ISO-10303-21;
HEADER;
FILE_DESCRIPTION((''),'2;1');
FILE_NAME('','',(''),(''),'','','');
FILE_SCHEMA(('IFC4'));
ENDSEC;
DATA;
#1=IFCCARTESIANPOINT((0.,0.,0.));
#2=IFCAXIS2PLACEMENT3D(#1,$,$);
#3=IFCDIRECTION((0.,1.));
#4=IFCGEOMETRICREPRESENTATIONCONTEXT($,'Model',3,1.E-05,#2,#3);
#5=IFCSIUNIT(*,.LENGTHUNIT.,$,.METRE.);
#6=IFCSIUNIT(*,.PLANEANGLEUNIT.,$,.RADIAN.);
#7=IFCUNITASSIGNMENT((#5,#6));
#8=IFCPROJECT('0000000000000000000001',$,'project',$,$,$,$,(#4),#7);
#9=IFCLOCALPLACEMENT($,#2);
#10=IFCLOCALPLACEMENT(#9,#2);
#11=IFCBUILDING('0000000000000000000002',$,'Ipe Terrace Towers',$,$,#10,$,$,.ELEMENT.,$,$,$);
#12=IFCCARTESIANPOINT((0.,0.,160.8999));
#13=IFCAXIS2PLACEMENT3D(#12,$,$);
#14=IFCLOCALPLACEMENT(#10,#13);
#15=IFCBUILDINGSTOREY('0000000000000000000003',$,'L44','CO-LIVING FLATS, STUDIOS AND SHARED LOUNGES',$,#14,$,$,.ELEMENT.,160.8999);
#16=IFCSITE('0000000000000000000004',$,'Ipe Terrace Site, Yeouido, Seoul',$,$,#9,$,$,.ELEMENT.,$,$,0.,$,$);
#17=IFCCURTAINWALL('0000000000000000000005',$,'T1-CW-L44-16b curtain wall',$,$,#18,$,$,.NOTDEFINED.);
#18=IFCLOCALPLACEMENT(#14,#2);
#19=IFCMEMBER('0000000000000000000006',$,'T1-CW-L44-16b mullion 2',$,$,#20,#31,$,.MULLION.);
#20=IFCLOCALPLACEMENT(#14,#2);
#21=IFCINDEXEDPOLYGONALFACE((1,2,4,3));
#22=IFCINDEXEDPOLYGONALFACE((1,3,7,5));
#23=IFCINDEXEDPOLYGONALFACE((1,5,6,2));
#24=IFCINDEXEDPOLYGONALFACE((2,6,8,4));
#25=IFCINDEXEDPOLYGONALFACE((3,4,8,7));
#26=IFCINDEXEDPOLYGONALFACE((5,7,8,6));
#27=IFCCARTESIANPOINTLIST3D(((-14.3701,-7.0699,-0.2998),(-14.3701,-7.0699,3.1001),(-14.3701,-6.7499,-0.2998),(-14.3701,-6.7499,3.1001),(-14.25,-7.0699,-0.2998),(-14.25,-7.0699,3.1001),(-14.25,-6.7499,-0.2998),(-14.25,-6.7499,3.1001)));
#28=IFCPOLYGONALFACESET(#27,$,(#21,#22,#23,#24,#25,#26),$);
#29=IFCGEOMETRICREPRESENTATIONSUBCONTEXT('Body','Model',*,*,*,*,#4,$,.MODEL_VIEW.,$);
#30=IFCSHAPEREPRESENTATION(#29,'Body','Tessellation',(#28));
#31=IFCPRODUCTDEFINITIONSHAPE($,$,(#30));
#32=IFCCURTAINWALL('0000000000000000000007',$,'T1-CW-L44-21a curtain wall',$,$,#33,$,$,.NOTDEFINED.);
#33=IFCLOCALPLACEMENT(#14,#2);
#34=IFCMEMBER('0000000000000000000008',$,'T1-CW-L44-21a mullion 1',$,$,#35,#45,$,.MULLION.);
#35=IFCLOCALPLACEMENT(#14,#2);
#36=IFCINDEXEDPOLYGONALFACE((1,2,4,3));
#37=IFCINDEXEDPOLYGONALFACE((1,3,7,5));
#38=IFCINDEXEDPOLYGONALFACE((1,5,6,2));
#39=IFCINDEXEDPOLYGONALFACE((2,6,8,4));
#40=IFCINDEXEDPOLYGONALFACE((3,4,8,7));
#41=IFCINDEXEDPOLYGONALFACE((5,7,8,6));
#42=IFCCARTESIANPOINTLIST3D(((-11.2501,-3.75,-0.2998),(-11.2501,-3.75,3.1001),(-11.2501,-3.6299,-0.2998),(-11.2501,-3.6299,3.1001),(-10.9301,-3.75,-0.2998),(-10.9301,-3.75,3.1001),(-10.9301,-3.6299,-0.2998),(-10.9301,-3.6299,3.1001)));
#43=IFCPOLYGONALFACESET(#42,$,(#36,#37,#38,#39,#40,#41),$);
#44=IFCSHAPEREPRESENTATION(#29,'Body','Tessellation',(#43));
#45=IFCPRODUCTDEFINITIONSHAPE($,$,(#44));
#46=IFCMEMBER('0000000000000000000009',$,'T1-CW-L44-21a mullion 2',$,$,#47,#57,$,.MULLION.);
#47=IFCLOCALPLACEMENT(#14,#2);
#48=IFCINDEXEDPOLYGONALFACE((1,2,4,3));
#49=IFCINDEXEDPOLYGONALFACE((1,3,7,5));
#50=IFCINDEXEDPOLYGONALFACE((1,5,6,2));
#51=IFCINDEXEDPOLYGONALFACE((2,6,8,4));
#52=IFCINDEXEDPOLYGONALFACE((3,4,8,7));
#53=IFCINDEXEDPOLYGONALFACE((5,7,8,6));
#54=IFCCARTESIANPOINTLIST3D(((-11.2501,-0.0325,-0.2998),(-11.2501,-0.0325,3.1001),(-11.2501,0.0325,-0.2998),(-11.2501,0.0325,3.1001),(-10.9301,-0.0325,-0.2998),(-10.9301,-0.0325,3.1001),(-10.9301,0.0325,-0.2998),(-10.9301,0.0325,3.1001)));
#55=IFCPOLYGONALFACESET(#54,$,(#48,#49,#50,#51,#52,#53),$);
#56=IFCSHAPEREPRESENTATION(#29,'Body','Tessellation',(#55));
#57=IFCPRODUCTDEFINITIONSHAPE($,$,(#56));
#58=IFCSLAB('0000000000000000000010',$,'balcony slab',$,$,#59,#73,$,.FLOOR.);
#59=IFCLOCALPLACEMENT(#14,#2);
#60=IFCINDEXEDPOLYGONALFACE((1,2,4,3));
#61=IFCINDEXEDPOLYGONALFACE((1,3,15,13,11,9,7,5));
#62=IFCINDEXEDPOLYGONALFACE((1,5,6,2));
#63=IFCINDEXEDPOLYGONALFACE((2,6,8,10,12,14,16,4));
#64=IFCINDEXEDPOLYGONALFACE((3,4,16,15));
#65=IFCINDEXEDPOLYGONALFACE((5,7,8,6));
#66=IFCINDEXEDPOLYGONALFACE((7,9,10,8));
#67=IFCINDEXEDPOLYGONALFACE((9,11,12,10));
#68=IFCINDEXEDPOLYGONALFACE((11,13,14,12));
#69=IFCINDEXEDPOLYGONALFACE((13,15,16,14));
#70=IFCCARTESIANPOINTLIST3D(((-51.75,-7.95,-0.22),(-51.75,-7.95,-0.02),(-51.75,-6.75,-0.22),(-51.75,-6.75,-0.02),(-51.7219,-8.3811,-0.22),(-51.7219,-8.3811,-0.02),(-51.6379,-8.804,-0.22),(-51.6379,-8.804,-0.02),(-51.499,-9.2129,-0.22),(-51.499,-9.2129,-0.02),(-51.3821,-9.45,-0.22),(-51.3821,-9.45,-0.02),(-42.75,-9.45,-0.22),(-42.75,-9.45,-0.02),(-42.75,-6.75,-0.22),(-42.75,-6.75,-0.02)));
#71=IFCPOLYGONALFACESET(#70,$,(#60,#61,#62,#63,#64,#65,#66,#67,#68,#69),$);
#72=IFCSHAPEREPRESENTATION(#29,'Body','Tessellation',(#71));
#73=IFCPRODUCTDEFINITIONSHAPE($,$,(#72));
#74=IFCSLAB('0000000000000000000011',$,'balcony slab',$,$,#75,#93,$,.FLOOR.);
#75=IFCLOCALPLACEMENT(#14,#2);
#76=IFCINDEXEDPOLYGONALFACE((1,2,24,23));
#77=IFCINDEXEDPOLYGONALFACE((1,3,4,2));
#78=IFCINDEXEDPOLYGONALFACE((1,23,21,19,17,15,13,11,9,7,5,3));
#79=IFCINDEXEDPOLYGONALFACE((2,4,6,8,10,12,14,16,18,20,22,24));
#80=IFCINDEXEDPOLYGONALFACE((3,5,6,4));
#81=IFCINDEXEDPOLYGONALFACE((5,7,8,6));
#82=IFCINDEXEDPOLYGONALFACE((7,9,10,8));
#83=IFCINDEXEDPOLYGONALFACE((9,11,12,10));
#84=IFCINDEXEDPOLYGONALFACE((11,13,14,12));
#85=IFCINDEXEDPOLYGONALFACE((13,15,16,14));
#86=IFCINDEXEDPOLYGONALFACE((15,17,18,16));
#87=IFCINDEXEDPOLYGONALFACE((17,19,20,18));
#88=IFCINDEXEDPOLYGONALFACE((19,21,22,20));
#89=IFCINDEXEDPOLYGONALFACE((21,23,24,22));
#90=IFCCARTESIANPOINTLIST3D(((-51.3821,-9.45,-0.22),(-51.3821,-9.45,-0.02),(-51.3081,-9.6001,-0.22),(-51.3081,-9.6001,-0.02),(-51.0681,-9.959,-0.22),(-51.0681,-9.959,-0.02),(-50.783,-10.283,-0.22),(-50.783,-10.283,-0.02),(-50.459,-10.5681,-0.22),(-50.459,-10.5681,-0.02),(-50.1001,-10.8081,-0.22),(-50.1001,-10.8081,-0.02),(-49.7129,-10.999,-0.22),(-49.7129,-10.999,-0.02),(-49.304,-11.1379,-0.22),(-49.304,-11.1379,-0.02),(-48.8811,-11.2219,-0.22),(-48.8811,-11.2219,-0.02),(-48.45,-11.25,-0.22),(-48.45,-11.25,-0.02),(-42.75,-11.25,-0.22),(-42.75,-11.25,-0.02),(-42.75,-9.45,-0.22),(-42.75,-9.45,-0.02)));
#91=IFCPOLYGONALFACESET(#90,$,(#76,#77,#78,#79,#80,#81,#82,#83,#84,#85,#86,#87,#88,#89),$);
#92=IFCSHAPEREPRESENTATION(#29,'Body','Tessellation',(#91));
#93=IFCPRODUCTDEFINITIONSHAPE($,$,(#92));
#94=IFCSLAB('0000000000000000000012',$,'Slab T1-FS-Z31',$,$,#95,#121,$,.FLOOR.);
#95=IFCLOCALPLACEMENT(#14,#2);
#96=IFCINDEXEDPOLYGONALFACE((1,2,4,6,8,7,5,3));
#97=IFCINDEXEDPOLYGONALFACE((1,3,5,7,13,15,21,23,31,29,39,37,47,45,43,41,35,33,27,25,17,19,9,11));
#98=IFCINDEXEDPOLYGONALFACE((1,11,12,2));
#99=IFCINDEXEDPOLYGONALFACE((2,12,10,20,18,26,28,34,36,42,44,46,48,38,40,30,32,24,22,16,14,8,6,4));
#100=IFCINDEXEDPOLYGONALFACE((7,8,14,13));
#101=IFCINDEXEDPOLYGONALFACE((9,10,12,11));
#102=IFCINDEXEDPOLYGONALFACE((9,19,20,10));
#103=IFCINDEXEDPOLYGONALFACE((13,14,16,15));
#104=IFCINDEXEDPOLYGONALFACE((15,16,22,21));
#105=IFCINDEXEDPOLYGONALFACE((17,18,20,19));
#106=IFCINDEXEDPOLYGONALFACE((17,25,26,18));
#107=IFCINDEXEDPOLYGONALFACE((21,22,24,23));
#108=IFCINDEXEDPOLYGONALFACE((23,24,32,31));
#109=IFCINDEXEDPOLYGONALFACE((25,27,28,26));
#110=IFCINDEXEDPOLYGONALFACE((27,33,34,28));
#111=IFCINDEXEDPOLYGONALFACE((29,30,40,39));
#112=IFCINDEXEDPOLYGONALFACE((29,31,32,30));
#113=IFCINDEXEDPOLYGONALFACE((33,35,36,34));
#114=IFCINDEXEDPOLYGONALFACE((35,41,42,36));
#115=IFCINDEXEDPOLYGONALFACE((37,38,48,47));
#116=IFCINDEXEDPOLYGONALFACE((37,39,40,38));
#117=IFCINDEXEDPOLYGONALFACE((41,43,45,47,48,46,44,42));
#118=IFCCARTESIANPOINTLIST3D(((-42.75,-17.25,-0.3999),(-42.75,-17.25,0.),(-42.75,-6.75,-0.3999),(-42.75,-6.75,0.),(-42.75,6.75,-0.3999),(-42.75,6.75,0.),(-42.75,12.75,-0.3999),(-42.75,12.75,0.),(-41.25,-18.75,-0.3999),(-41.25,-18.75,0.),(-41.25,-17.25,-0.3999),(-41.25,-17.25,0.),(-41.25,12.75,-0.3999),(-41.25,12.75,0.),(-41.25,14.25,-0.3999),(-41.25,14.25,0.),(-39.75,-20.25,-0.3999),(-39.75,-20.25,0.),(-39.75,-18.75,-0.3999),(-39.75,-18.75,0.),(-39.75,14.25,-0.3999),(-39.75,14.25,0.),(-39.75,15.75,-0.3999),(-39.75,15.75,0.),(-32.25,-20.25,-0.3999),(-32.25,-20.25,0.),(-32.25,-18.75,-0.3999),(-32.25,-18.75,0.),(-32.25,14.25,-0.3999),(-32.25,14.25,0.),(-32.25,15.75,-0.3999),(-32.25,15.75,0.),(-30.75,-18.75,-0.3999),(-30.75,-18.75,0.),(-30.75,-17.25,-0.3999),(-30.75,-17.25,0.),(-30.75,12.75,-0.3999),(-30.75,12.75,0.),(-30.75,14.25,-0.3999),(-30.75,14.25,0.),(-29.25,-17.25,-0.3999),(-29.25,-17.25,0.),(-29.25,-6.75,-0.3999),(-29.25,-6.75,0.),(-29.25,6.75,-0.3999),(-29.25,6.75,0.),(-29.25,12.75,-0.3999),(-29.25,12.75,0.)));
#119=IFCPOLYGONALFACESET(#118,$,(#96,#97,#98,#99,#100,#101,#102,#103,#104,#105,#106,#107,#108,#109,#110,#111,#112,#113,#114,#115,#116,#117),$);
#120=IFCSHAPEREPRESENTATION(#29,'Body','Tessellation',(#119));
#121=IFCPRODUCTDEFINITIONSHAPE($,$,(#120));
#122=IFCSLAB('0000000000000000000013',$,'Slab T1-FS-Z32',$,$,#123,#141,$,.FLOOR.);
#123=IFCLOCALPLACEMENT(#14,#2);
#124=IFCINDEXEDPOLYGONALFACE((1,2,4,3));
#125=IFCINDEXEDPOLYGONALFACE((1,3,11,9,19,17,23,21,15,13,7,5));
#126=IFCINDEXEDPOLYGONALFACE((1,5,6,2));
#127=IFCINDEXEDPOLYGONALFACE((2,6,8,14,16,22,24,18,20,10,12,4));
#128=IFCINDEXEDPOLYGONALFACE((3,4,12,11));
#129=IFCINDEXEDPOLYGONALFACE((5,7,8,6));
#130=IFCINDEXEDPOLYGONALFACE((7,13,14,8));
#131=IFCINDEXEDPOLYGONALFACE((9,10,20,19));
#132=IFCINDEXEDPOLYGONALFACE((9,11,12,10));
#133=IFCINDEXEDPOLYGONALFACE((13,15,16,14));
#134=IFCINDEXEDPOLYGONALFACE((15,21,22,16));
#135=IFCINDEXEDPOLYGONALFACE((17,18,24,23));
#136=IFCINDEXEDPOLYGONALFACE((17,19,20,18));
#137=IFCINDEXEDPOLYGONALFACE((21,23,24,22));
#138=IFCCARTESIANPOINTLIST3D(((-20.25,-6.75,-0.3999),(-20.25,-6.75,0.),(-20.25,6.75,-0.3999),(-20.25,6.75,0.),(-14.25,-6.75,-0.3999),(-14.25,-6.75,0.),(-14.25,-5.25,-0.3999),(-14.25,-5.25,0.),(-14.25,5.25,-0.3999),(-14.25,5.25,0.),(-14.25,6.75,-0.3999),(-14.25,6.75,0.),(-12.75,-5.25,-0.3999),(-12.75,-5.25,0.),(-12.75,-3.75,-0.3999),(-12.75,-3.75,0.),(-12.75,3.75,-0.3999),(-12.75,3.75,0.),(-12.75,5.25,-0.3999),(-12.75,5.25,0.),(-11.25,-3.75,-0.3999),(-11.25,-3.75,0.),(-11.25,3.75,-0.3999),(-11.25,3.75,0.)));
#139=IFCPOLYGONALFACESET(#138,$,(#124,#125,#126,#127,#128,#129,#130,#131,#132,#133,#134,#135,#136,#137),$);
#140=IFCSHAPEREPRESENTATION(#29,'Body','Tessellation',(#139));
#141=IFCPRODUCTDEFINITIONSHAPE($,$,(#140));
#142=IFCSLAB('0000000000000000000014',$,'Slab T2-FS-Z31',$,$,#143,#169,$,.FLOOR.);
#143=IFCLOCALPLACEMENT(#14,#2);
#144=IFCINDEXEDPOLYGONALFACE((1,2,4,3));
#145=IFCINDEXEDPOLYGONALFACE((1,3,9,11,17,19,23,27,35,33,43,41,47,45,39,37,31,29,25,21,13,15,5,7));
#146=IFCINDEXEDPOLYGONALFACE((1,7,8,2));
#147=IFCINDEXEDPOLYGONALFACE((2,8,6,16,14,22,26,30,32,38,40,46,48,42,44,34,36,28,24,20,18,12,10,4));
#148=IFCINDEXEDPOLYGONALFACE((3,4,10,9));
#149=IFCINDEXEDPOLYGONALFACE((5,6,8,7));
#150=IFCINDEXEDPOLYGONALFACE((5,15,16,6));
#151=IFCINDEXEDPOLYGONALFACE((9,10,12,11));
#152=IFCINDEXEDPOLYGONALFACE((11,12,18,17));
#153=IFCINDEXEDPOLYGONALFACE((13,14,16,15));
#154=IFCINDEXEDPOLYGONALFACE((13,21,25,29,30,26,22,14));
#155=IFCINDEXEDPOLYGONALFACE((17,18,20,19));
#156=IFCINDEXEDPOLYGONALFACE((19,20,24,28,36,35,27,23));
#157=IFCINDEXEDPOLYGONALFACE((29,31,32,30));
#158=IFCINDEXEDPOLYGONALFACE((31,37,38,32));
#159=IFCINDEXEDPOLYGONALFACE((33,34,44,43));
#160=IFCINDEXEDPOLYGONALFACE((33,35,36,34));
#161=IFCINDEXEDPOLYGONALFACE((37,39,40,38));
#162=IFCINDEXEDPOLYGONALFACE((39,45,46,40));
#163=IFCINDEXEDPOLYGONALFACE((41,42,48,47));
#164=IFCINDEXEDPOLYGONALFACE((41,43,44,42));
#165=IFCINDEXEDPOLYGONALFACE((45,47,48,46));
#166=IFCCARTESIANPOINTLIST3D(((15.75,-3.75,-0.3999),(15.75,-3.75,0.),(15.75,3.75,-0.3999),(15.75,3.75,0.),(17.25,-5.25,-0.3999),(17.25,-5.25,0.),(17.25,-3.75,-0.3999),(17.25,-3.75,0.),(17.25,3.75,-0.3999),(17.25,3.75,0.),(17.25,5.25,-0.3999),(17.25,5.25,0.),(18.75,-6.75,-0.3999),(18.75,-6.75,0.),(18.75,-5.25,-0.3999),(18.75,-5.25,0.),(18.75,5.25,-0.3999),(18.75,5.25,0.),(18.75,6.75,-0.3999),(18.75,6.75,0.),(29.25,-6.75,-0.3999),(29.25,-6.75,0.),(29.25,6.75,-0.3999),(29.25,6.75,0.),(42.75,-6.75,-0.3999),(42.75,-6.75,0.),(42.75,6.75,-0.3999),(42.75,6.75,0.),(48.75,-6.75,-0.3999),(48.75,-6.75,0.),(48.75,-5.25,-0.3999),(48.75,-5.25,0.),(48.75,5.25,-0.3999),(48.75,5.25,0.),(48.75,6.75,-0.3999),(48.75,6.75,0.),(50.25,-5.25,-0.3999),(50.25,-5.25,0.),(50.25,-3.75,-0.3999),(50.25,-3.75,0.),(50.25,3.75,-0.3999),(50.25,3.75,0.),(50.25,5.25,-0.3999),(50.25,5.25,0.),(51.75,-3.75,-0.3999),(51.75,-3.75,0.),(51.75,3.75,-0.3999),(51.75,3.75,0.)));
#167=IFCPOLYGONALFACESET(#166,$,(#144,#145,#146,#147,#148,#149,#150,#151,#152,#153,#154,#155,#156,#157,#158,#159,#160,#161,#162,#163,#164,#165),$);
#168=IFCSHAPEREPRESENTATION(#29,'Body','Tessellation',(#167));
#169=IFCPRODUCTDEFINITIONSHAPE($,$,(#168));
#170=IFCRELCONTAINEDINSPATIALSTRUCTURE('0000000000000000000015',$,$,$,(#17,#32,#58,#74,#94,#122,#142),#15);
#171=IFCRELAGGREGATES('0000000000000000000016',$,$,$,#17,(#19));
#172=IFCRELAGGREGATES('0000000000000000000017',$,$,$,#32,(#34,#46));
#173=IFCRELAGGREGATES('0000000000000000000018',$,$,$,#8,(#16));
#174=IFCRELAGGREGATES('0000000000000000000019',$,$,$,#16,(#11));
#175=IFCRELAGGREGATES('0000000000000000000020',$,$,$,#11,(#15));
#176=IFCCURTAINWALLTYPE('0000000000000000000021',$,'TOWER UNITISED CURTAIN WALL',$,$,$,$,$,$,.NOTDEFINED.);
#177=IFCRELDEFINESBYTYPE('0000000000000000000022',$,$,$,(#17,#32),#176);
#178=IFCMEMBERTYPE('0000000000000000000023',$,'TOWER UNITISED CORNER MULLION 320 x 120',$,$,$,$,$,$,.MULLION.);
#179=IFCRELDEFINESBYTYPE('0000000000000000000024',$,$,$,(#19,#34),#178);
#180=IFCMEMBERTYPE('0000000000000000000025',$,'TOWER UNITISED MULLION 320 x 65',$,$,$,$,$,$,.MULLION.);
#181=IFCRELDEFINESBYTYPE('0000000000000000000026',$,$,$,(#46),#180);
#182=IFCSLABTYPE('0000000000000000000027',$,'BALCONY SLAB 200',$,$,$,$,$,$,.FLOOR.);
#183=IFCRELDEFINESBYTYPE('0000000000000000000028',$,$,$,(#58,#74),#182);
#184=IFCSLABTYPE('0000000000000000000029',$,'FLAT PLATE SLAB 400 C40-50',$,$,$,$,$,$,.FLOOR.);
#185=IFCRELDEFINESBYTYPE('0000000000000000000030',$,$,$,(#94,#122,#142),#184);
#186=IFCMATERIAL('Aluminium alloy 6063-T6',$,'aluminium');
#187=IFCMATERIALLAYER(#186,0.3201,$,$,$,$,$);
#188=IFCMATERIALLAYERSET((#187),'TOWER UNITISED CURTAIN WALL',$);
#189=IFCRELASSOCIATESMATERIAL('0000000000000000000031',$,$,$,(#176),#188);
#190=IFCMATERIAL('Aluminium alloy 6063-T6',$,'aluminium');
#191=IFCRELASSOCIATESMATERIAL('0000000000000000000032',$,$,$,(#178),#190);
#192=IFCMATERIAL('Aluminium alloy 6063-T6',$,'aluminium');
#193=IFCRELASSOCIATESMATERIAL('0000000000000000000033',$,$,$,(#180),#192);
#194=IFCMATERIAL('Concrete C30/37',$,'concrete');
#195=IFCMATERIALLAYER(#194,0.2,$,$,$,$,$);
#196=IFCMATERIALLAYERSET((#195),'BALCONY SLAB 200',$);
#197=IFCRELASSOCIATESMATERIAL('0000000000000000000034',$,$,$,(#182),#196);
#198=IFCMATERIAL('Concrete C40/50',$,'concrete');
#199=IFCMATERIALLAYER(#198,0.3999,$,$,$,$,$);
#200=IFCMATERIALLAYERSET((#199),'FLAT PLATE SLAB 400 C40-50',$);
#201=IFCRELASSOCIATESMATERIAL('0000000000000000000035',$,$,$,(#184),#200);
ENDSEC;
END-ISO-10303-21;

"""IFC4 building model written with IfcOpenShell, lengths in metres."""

from ifc_helpers import new_model, si_unit, direction, frame, origin, origin_2d, place, context, subcontext, project, spatial, polyline, rectangle, outline, extrude, material, layer, layer_set, material_profile, profile_set, type_object, element, aggregate, save


model = new_model("IFC4")

# Units and contexts
model_context = context("Model", 3, precision=1e-05, world=origin(), true_north=direction((0.0, 1.0)))
body_context = subcontext(model_context, "Body", "Model", "MODEL_VIEW")
ifc_project = project(units=[si_unit("LENGTHUNIT", "METRE"), si_unit("PLANEANGLEUNIT", "RADIAN")], contexts=[model_context])

# Site, building, storey
site_placement = place(None, origin())
site = spatial("IfcSite", under=ifc_project, at=site_placement, Name="Ipe Terrace Site, Yeouido, Seoul", CompositionType="ELEMENT", RefElevation=0.0)
building_placement = place(site_placement, origin())
building = spatial("IfcBuilding", under=site, at=building_placement, Name="Ipe Terrace Towers", CompositionType="ELEMENT")
storey_placement = place(building_placement, frame((0.0, 0.0, 160.8999)))
storey = spatial("IfcBuildingStorey", under=building, at=storey_placement, Name="L44", Description="CO-LIVING FLATS, STUDIOS AND SHARED LOUNGES", CompositionType="ELEMENT", Elevation=160.8999)

# Curtain walls, members
ifc_material_1 = material(Name="Aluminium alloy 6063-T6", Category="aluminium")
ifc_layer_1 = layer(ifc_material_1, 0.3201)
ifc_layer_set_1 = layer_set([ifc_layer_1], Name="TOWER UNITISED CURTAIN WALL")
curtain_wall_type = type_object("IfcCurtainWallType", Name="TOWER UNITISED CURTAIN WALL", PredefinedType="NOTDEFINED", material=ifc_layer_set_1)
curtain_wall_1_placement = place(storey_placement, origin())
curtain_wall_1 = element("IfcCurtainWall", 1, at=curtain_wall_1_placement, inside=storey, type_object=curtain_wall_type, Name="T1-CW-L44-16b curtain wall", PredefinedType="NOTDEFINED")
ifc_material_2 = material(Name="Aluminium alloy 6063-T6", Category="aluminium")
ifc_material_profile_1 = material_profile(ifc_material_2, rectangle(XDim=0.3201, YDim=0.1201, at=origin_2d()), Name="TOWER UNITISED CORNER MULLION 320 x 120")
ifc_profile_set_1 = profile_set([ifc_material_profile_1], Name="Aluminium alloy 6063-T6")
member_type_1 = type_object("IfcMemberType", Name="TOWER UNITISED CORNER MULLION 320 x 120", PredefinedType="MULLION", material=ifc_profile_set_1)
member_1_placement = place(storey_placement, frame((-14.3101, -6.9099, -0.2998), z_axis=(0.0, 0.0, 1.0), x_axis=(0.0, -1.0, 0.0)))
member_1 = element("IfcMember", 2, at=member_1_placement, type_object=member_type_1, Name="T1-CW-L44-16b mullion 2", PredefinedType="MULLION", context=body_context, shape_type="SweptSolid", body=[
    extrude(rectangle(XDim=0.3201, YDim=0.1201, at=origin_2d()), origin(), (0.0, 0.0, 1.0), 3.3999),
])
curtain_wall_2_placement = place(storey_placement, origin())
curtain_wall_2 = element("IfcCurtainWall", 3, at=curtain_wall_2_placement, inside=storey, type_object=curtain_wall_type, Name="T1-CW-L44-21a curtain wall", PredefinedType="NOTDEFINED")
member_2_placement = place(storey_placement, frame((-11.0901, -3.6899, -0.2998), z_axis=(0.0, 0.0, 1.0), x_axis=(1.0, 0.0, 0.0)))
member_2 = element("IfcMember", 4, at=member_2_placement, type_object=member_type_1, Name="T1-CW-L44-21a mullion 1", PredefinedType="MULLION", context=body_context, shape_type="SweptSolid", body=[
    extrude(rectangle(XDim=0.3201, YDim=0.1201, at=origin_2d()), origin(), (0.0, 0.0, 1.0), 3.3999),
])
ifc_material_3 = material(Name="Aluminium alloy 6063-T6", Category="aluminium")
ifc_material_profile_2 = material_profile(ifc_material_3, rectangle(XDim=0.3201, YDim=0.0649, at=origin_2d()), Name="TOWER UNITISED MULLION 320 x 65")
ifc_profile_set_2 = profile_set([ifc_material_profile_2], Name="Aluminium alloy 6063-T6")
member_type_2 = type_object("IfcMemberType", Name="TOWER UNITISED MULLION 320 x 65", PredefinedType="MULLION", material=ifc_profile_set_2)
member_3_placement = place(storey_placement, frame((-11.0901, 0.0, -0.2998), z_axis=(0.0, 0.0, 1.0), x_axis=(1.0, 0.0, 0.0)))
member_3 = element("IfcMember", 5, at=member_3_placement, type_object=member_type_2, Name="T1-CW-L44-21a mullion 2", PredefinedType="MULLION", context=body_context, shape_type="SweptSolid", body=[
    extrude(rectangle(XDim=0.3201, YDim=0.0649, at=origin_2d()), origin(), (0.0, 0.0, 1.0), 3.3999),
])

# Slabs
ifc_material_4 = material(Name="Concrete C30/37", Category="concrete")
ifc_layer_2 = layer(ifc_material_4, 0.2)
ifc_layer_set_2 = layer_set([ifc_layer_2], Name="BALCONY SLAB 200")
slab_type_1 = type_object("IfcSlabType", Name="BALCONY SLAB 200", PredefinedType="FLOOR", material=ifc_layer_set_2)
slab_1_placement = place(storey_placement, frame((0.0, 0.0, -0.22)))
element("IfcSlab", 6, at=slab_1_placement, inside=storey, type_object=slab_type_1, Name="balcony slab", PredefinedType="FLOOR", context=body_context, shape_type="SweptSolid", body=[
    extrude(outline(polyline([(-51.499, -9.2129), (-51.3821, -9.45), (-42.75, -9.45), (-42.75, -6.75), (-51.75, -6.75), (-51.75, -7.95), (-51.7219, -8.3811), (-51.6379, -8.804), (-51.499, -9.2129)])), origin(), (0.0, 0.0, 1.0), 0.2),
])
slab_2_placement = place(storey_placement, frame((0.0, 0.0, -0.22)))
element("IfcSlab", 7, at=slab_2_placement, inside=storey, type_object=slab_type_1, Name="balcony slab", PredefinedType="FLOOR", context=body_context, shape_type="SweptSolid", body=[
    extrude(outline(polyline([(-42.75, -11.25), (-42.75, -9.45), (-51.3821, -9.45), (-51.3081, -9.6001), (-51.0681, -9.959), (-50.783, -10.283), (-50.459, -10.5681), (-50.1001, -10.8081), (-49.7129, -10.999), (-49.304, -11.1379), (-48.8811, -11.2219), (-48.45, -11.25), (-42.75, -11.25)])), origin(), (0.0, 0.0, 1.0), 0.2),
])
ifc_material_5 = material(Name="Concrete C40/50", Category="concrete")
ifc_layer_3 = layer(ifc_material_5, 0.3999)
ifc_layer_set_3 = layer_set([ifc_layer_3], Name="FLAT PLATE SLAB 400 C40-50")
slab_type_2 = type_object("IfcSlabType", Name="FLAT PLATE SLAB 400 C40-50", PredefinedType="FLOOR", material=ifc_layer_set_3)
slab_3_placement = place(storey_placement, frame((0.0, 0.0, -0.3999)))
element("IfcSlab", 8, at=slab_3_placement, inside=storey, type_object=slab_type_2, Name="Slab T1-FS-Z31", PredefinedType="FLOOR", context=body_context, shape_type="SweptSolid", body=[
    extrude(outline(polyline([(-30.75, -17.25), (-30.75, -18.75), (-32.25, -18.75), (-32.25, -20.25), (-39.75, -20.25), (-39.75, -18.75), (-41.25, -18.75), (-41.25, -17.25), (-42.75, -17.25), (-42.75, -6.75), (-42.75, 6.75), (-42.75, 12.75), (-41.25, 12.75), (-41.25, 14.25), (-39.75, 14.25), (-39.75, 15.75), (-32.25, 15.75), (-32.25, 14.25), (-30.75, 14.25), (-30.75, 12.75), (-29.25, 12.75), (-29.25, 6.75), (-29.25, -6.75), (-29.25, -17.25), (-30.75, -17.25)])), origin(), (0.0, 0.0, 1.0), 0.3999),
])
slab_4_placement = place(storey_placement, frame((0.0, 0.0, -0.3999)))
element("IfcSlab", 9, at=slab_4_placement, inside=storey, type_object=slab_type_2, Name="Slab T1-FS-Z32", PredefinedType="FLOOR", context=body_context, shape_type="SweptSolid", body=[
    extrude(outline(polyline([(-14.25, 5.25), (-12.75, 5.25), (-12.75, 3.75), (-11.25, 3.75), (-11.25, -3.75), (-12.75, -3.75), (-12.75, -5.25), (-14.25, -5.25), (-14.25, -6.75), (-20.25, -6.75), (-20.25, 6.75), (-14.25, 6.75), (-14.25, 5.25)])), origin(), (0.0, 0.0, 1.0), 0.3999),
])
slab_5_placement = place(storey_placement, frame((0.0, 0.0, -0.3999)))
element("IfcSlab", 10, at=slab_5_placement, inside=storey, type_object=slab_type_2, Name="Slab T2-FS-Z31", PredefinedType="FLOOR", context=body_context, shape_type="SweptSolid", body=[
    extrude(outline(polyline([(48.75, 5.25), (50.25, 5.25), (50.25, 3.75), (51.75, 3.75), (51.75, -3.75), (50.25, -3.75), (50.25, -5.25), (48.75, -5.25), (48.75, -6.75), (42.75, -6.75), (29.25, -6.75), (18.75, -6.75), (18.75, -5.25), (17.25, -5.25), (17.25, -3.75), (15.75, -3.75), (15.75, 3.75), (17.25, 3.75), (17.25, 5.25), (18.75, 5.25), (18.75, 6.75), (29.25, 6.75), (42.75, 6.75), (48.75, 6.75), (48.75, 5.25)])), origin(), (0.0, 0.0, 1.0), 0.3999),
])

aggregate(curtain_wall_1, [member_1])
aggregate(curtain_wall_2, [member_2, member_3])

save(model, "model.ifc")
